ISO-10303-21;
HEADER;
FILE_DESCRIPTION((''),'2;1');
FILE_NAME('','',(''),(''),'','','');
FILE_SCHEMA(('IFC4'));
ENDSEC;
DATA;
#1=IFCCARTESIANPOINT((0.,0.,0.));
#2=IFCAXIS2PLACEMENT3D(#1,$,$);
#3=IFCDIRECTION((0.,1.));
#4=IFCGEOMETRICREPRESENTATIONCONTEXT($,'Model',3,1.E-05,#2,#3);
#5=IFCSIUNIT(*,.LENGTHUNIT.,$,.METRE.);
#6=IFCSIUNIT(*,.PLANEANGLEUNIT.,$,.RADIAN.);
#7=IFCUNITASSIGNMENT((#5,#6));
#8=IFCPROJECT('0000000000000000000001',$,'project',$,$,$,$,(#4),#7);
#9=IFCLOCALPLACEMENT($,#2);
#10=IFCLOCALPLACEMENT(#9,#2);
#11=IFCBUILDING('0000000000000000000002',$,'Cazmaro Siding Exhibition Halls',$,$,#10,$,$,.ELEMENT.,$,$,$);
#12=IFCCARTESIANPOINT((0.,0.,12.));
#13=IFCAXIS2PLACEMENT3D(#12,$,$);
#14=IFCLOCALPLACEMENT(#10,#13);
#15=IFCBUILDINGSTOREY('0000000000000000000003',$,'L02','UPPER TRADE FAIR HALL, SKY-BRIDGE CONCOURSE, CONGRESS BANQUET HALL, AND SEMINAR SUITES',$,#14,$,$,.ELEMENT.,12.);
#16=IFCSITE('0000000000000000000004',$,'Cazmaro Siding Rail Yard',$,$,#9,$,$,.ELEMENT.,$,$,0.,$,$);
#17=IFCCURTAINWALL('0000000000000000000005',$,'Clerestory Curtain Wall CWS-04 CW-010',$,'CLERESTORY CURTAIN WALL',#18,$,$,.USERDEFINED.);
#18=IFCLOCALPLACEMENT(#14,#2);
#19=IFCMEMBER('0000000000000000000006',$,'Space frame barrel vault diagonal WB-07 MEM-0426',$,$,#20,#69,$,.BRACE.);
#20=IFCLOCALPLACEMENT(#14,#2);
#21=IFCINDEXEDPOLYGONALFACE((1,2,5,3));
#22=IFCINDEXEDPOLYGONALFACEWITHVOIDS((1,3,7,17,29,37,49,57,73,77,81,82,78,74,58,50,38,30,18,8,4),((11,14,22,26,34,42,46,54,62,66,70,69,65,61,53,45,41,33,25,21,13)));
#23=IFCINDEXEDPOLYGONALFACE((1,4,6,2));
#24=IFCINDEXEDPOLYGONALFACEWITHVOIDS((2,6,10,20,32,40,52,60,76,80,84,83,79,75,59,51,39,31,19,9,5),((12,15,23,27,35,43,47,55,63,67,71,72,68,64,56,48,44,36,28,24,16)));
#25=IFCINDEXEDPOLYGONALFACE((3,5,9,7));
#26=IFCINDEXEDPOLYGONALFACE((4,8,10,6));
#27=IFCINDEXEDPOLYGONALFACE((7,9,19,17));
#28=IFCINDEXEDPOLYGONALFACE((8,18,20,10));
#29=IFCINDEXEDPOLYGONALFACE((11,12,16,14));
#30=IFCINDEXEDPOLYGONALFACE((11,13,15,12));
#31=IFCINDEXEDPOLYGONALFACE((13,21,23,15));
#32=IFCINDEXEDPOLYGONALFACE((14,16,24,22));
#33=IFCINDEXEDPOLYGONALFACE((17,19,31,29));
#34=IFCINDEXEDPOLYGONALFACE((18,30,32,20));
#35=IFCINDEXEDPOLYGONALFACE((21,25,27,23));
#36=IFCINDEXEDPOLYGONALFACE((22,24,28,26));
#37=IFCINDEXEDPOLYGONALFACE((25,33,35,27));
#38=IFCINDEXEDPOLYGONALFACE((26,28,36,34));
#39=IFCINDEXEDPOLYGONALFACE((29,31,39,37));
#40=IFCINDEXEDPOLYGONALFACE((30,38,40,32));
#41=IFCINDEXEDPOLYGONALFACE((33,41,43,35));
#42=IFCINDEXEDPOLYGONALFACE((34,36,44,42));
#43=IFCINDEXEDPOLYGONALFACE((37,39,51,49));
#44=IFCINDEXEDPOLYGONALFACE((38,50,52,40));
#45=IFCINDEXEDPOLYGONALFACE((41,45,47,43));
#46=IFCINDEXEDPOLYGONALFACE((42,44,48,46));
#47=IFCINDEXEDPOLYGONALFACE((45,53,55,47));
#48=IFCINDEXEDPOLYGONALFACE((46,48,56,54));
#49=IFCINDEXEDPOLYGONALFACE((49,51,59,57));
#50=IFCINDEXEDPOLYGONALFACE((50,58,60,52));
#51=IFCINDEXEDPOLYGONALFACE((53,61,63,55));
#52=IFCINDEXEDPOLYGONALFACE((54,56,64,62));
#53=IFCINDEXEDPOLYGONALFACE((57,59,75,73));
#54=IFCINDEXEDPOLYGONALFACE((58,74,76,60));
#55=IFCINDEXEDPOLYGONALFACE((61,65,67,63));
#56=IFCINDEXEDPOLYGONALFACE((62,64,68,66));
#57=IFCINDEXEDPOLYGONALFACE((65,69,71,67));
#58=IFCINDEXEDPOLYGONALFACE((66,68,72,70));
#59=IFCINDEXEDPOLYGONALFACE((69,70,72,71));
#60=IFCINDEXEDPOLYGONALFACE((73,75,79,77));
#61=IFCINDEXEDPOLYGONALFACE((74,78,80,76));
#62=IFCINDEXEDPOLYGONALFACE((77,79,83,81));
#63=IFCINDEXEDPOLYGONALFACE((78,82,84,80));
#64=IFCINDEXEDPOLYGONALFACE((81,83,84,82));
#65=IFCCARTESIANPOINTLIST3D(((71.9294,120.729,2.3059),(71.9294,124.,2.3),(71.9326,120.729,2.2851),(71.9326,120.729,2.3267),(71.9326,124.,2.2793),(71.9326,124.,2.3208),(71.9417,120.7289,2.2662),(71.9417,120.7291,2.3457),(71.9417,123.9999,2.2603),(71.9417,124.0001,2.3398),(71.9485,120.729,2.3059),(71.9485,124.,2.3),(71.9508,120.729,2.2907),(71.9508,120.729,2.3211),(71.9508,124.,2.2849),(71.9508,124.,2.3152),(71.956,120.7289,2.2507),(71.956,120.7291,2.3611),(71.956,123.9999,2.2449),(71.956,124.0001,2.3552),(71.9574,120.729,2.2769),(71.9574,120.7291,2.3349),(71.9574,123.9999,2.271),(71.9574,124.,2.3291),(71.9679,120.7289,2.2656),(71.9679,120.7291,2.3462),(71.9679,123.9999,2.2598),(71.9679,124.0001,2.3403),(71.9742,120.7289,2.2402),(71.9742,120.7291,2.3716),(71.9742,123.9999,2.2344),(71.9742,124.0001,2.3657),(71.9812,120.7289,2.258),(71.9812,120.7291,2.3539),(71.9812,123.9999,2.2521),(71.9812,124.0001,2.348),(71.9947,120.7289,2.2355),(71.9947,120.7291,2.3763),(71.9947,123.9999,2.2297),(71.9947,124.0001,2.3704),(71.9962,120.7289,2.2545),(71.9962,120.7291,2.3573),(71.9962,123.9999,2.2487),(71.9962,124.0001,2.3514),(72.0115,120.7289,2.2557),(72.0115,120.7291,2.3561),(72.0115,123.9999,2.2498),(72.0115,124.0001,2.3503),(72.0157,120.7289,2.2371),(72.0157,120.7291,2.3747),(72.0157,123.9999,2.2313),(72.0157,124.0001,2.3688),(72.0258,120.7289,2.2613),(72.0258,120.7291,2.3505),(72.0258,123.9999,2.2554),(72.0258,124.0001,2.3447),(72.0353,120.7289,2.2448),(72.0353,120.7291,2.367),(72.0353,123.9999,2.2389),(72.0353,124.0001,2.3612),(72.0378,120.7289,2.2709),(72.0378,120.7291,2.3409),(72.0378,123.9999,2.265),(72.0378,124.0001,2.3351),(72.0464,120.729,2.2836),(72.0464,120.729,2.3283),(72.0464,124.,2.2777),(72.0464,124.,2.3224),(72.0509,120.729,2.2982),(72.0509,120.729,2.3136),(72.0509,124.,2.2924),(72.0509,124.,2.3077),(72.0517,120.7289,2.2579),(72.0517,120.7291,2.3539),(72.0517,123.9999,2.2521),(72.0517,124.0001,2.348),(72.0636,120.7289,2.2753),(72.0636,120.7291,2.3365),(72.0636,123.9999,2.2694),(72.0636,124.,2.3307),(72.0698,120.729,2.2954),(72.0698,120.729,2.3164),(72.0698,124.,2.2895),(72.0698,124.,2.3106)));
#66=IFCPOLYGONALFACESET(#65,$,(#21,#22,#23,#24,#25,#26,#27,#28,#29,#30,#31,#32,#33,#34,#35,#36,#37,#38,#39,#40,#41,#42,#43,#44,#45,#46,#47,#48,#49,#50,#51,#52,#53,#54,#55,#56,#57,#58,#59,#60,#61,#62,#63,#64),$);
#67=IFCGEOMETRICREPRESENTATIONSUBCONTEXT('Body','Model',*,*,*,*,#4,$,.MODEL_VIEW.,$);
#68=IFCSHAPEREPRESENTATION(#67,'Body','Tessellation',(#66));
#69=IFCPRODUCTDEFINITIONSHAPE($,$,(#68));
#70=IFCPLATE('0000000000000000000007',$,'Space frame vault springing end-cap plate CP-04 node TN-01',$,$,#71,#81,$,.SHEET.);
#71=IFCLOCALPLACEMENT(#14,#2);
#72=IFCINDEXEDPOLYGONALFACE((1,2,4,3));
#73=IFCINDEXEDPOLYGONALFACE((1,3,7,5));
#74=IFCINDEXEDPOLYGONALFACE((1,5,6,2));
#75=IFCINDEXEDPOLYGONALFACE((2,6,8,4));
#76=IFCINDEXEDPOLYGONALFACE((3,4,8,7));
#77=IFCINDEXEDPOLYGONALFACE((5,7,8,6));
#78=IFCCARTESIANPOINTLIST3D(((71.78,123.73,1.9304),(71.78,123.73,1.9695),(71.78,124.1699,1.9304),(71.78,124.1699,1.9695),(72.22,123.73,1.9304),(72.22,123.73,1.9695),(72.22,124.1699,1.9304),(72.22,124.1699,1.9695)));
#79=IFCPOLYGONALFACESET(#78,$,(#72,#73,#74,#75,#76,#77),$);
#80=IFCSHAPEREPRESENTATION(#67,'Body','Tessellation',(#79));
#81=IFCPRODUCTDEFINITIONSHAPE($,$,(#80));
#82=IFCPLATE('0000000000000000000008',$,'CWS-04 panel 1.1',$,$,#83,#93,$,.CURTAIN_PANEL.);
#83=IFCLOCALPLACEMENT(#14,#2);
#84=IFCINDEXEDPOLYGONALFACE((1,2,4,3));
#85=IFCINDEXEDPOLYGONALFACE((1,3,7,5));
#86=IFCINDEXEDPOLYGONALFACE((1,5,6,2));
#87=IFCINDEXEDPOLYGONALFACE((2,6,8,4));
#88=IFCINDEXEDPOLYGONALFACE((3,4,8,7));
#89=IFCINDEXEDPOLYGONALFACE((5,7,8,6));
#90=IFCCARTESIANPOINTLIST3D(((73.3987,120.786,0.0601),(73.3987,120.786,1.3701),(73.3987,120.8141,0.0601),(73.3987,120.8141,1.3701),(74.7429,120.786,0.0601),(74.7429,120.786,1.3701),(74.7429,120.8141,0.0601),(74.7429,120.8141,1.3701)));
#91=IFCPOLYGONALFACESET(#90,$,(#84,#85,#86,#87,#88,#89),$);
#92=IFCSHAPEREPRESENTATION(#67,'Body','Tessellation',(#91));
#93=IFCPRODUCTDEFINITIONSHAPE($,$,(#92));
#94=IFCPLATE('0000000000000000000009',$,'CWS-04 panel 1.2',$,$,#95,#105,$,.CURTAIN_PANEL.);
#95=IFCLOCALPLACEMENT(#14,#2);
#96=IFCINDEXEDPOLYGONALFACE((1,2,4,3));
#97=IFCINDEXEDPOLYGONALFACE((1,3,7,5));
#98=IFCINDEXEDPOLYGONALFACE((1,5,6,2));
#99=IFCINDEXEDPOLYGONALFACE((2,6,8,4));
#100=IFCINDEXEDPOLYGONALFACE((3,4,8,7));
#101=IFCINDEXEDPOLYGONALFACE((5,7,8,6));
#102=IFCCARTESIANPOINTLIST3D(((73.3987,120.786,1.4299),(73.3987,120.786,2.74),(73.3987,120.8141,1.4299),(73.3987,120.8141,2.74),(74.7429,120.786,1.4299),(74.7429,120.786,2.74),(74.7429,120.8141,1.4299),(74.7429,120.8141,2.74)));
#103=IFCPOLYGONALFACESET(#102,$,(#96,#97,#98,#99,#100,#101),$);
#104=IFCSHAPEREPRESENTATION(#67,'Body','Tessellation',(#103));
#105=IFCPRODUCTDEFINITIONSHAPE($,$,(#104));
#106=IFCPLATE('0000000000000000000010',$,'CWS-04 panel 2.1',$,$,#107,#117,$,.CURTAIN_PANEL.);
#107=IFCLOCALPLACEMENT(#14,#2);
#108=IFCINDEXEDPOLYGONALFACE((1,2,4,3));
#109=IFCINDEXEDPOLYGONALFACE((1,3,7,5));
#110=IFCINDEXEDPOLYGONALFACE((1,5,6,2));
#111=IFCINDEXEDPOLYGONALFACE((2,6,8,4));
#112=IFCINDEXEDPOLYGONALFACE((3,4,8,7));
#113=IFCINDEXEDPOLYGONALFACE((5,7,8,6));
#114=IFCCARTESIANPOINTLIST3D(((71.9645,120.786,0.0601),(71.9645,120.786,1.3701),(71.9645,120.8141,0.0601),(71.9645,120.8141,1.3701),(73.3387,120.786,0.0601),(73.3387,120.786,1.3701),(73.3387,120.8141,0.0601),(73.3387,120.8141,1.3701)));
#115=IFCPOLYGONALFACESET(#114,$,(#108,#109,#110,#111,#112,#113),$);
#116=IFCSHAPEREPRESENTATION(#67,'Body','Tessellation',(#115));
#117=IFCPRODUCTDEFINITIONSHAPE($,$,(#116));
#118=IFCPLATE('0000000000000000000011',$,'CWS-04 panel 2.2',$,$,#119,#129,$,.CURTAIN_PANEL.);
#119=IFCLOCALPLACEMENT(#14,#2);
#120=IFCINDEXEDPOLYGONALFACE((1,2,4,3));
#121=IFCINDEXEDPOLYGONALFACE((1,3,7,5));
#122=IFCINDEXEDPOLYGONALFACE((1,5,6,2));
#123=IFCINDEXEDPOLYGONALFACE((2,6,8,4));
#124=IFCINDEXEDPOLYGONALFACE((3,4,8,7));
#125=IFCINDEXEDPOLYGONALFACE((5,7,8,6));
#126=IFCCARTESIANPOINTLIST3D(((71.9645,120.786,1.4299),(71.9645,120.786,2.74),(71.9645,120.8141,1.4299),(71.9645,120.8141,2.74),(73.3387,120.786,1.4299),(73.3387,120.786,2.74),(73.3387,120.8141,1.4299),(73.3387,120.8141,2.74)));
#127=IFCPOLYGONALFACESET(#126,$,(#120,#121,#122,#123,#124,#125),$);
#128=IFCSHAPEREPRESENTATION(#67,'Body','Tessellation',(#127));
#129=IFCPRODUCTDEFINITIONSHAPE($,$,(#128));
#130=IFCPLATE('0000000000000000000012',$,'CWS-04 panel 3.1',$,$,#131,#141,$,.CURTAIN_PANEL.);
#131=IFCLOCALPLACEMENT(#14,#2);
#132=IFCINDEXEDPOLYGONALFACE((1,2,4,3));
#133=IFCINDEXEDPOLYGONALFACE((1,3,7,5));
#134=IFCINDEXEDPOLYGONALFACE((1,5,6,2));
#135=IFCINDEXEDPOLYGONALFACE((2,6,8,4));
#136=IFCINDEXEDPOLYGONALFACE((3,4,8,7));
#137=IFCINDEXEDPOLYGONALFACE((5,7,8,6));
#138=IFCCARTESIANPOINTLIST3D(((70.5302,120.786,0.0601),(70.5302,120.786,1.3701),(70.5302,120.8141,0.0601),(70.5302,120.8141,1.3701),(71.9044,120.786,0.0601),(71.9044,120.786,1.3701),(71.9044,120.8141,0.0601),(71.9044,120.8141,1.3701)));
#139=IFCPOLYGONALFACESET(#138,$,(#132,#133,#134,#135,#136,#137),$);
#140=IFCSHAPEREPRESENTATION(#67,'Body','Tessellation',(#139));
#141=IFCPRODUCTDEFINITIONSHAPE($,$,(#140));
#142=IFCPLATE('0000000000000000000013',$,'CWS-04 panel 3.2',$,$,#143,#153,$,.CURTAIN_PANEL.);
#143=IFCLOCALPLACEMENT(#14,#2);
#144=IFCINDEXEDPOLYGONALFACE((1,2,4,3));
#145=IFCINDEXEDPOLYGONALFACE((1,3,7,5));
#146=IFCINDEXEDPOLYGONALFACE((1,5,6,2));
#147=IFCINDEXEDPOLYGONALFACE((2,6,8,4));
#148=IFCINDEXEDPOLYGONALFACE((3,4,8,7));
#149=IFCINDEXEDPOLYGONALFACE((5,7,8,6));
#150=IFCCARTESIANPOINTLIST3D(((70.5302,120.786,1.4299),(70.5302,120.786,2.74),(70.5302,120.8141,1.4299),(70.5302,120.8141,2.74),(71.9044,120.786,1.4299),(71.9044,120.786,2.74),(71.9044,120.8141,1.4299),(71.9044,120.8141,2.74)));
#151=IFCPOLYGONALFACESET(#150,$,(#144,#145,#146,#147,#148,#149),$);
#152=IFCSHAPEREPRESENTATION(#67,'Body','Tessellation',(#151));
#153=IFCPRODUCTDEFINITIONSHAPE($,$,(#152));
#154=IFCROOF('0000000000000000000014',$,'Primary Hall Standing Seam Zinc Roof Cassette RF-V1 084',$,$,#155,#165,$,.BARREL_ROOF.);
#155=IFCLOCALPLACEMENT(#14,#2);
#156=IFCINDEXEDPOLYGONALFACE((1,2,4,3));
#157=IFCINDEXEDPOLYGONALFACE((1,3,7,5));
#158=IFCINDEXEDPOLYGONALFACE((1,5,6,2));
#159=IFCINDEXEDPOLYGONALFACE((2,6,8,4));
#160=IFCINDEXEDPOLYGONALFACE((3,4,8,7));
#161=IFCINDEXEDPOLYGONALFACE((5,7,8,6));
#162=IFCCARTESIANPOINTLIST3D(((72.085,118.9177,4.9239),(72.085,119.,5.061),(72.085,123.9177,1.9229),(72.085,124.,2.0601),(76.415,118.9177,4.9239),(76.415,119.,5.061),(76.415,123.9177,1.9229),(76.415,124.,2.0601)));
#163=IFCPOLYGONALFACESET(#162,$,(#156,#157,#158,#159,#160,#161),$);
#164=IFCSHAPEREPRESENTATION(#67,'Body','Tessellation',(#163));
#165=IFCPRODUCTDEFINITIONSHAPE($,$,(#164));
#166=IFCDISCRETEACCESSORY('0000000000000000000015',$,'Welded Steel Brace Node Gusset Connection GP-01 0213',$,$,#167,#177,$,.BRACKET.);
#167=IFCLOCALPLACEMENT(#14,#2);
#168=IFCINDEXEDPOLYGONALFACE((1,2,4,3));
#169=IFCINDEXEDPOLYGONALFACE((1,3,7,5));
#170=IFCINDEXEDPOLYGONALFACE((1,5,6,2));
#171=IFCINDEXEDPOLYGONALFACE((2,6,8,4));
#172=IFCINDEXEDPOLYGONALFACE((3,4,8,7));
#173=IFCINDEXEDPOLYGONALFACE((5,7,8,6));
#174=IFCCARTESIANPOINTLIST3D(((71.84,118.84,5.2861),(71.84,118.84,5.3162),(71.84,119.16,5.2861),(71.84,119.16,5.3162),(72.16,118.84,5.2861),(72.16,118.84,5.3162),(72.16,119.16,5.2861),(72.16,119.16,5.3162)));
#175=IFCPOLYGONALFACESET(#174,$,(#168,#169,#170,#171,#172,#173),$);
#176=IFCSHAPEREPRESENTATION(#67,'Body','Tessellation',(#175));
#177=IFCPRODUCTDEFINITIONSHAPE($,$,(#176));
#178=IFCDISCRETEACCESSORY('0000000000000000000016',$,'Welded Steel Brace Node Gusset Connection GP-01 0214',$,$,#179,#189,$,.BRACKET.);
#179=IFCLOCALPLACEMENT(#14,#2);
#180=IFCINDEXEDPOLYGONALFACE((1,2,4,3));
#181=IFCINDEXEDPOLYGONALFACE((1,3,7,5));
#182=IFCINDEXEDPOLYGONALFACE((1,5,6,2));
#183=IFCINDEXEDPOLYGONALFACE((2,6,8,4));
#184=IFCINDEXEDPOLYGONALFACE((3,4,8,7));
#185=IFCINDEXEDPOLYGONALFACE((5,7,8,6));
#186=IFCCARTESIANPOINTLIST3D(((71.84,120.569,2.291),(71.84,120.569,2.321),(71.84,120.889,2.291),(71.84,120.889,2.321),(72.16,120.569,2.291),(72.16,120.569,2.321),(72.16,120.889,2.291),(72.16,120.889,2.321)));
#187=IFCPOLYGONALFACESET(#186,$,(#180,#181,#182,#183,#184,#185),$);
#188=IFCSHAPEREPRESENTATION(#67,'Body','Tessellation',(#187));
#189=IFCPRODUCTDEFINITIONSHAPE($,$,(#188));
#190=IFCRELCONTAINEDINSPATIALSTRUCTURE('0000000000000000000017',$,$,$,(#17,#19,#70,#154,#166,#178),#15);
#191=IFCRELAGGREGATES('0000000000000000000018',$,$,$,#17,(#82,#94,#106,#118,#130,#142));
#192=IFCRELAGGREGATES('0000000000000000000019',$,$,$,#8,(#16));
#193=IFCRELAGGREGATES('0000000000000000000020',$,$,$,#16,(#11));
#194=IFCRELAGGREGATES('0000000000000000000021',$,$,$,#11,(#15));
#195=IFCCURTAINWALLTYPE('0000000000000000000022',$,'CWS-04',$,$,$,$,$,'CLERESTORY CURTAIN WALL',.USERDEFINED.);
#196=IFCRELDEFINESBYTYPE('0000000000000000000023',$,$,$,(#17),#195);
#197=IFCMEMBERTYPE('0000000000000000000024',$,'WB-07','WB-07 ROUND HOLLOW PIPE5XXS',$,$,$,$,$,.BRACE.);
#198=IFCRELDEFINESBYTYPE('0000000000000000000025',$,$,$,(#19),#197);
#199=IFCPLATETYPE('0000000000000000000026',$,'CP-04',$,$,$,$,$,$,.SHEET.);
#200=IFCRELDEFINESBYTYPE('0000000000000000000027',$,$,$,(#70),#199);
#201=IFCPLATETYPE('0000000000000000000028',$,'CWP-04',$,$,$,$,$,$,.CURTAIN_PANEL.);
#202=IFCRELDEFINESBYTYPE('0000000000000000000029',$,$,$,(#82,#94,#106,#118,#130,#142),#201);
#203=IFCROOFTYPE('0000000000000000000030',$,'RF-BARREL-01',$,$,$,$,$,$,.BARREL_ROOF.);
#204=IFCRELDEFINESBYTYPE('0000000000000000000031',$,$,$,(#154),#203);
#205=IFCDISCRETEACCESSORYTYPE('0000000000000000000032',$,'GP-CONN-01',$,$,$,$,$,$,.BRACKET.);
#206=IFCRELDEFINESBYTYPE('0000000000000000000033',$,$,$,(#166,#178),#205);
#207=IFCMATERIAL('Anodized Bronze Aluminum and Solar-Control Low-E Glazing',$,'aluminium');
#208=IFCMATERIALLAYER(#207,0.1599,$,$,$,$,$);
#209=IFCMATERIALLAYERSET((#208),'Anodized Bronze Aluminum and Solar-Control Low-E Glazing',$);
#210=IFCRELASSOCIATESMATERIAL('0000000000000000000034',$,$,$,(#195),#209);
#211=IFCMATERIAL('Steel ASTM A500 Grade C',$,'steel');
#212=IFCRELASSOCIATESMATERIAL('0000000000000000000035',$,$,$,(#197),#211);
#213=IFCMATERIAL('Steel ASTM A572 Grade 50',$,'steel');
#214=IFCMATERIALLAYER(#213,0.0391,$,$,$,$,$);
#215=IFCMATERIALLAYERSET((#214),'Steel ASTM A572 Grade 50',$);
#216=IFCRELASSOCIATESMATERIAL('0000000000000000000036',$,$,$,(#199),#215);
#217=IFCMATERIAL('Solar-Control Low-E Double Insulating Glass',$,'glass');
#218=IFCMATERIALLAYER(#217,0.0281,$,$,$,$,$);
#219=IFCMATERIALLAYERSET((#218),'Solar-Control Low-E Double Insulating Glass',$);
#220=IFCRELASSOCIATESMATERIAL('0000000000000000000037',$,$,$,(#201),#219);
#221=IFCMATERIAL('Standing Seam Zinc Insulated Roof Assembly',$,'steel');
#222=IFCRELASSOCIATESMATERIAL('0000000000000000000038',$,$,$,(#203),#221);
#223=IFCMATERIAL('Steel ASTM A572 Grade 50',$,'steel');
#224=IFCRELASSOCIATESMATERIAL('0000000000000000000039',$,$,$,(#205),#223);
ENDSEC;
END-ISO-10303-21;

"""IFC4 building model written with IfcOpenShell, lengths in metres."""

from ifc_helpers import new_model, si_unit, direction, frame, origin, origin_2d, place, context, subcontext, project, spatial, polyline, rectangle, hollow_circle, outline, extrude, material, layer, layer_set, material_profile, profile_set, type_object, element, aggregate, save


model = new_model("IFC4")

# Units and contexts
model_context = context("Model", 3, precision=1e-05, world=origin(), true_north=direction((0.0, 1.0)))
body_context = subcontext(model_context, "Body", "Model", "MODEL_VIEW")
ifc_project = project(units=[si_unit("LENGTHUNIT", "METRE"), si_unit("PLANEANGLEUNIT", "RADIAN")], contexts=[model_context])

# Site, building, storey
site_placement = place(None, origin())
site = spatial("IfcSite", under=ifc_project, at=site_placement, Name="Cazmaro Siding Rail Yard", CompositionType="ELEMENT", RefElevation=0.0)
building_placement = place(site_placement, origin())
building = spatial("IfcBuilding", under=site, at=building_placement, Name="Cazmaro Siding Exhibition Halls", CompositionType="ELEMENT")
storey_placement = place(building_placement, frame((0.0, 0.0, 12.0)))
storey = spatial("IfcBuildingStorey", under=building, at=storey_placement, Name="L02", Description="UPPER TRADE FAIR HALL, SKY-BRIDGE CONCOURSE, CONGRESS BANQUET HALL, AND SEMINAR SUITES", CompositionType="ELEMENT", Elevation=12.0)

# Curtain wall
ifc_material_1 = material(Name="Anodized Bronze Aluminum and Solar-Control Low-E Glazing", Category="aluminium")
ifc_layer_1 = layer(ifc_material_1, 0.1599)
ifc_layer_set_1 = layer_set([ifc_layer_1], Name="Anodized Bronze Aluminum and Solar-Control Low-E Glazing")
curtain_wall_type = type_object("IfcCurtainWallType", Name="CWS-04", ElementType="CLERESTORY CURTAIN WALL", PredefinedType="USERDEFINED", material=ifc_layer_set_1)
curtain_wall_placement = place(storey_placement, origin())
curtain_wall = element("IfcCurtainWall", 1, at=curtain_wall_placement, inside=storey, type_object=curtain_wall_type, Name="Clerestory Curtain Wall CWS-04 CW-010", ObjectType="CLERESTORY CURTAIN WALL", PredefinedType="USERDEFINED")

# Member
ifc_material_2 = material(Name="Steel ASTM A500 Grade C", Category="steel")
ifc_material_profile_1 = material_profile(ifc_material_2, hollow_circle(Radius=0.0706, WallThickness=0.019, at=origin_2d()), Name="PIPE5XXS")
ifc_profile_set_1 = profile_set([ifc_material_profile_1], Name="Steel ASTM A500 Grade C")
member_type_1 = type_object("IfcMemberType", Name="WB-07", Description="WB-07 ROUND HOLLOW PIPE5XXS", PredefinedType="BRACE", material=ifc_profile_set_1)
member_1_placement = place(storey_placement, frame((72.0, 120.729, 2.3059), z_axis=(0.0, 0.999998, -0.001791), x_axis=(-1.0, 0.0, 0.0)))
element("IfcMember", 2, at=member_1_placement, inside=storey, type_object=member_type_1, Name="Space frame barrel vault diagonal WB-07 MEM-0426", PredefinedType="BRACE", context=body_context, shape_type="SweptSolid", body=[
    extrude(hollow_circle(Radius=0.0706, WallThickness=0.019, at=origin_2d()), origin(), (0.0, 0.0, 1.0), 3.271),
])

# Plates
ifc_material_3 = material(Name="Steel ASTM A572 Grade 50", Category="steel")
ifc_layer_2 = layer(ifc_material_3, 0.0391)
ifc_layer_set_2 = layer_set([ifc_layer_2], Name="Steel ASTM A572 Grade 50")
plate_type_1 = type_object("IfcPlateType", Name="CP-04", PredefinedType="SHEET", material=ifc_layer_set_2)
plate_1_placement = place(storey_placement, frame((72.0, 123.95, 1.9304), z_axis=(0.0, 0.0, 1.0), x_axis=(1.0, 0.0, 0.0)))
element("IfcPlate", 3, at=plate_1_placement, inside=storey, type_object=plate_type_1, Name="Space frame vault springing end-cap plate CP-04 node TN-01", PredefinedType="SHEET", context=body_context, shape_type="SweptSolid", body=[
    extrude(rectangle(XDim=0.4399, YDim=0.4399, at=origin_2d()), origin(), (0.0, 0.0, 1.0), 0.0391),
])
ifc_material_4 = material(Name="Solar-Control Low-E Double Insulating Glass", Category="glass")
ifc_layer_3 = layer(ifc_material_4, 0.0281)
ifc_layer_set_3 = layer_set([ifc_layer_3], Name="Solar-Control Low-E Double Insulating Glass")
plate_type_2 = type_object("IfcPlateType", Name="CWP-04", PredefinedType="CURTAIN_PANEL", material=ifc_layer_set_3)
plate_2_placement = place(storey_placement, frame((74.0708, 120.8, 0.0601), z_axis=(0.0, 0.0, 1.0), x_axis=(-1.0, 0.0, 0.0)))
plate_2 = element("IfcPlate", 4, at=plate_2_placement, type_object=plate_type_2, Name="CWS-04 panel 1.1", PredefinedType="CURTAIN_PANEL", context=body_context, shape_type="SweptSolid", body=[
    extrude(rectangle(XDim=1.3442, YDim=0.0281, at=origin_2d()), origin(), (0.0, 0.0, 1.0), 1.3101),
])
plate_3_placement = place(storey_placement, frame((74.0708, 120.8, 1.4299), z_axis=(0.0, 0.0, 1.0), x_axis=(-1.0, 0.0, 0.0)))
plate_3 = element("IfcPlate", 5, at=plate_3_placement, type_object=plate_type_2, Name="CWS-04 panel 1.2", PredefinedType="CURTAIN_PANEL", context=body_context, shape_type="SweptSolid", body=[
    extrude(rectangle(XDim=1.3442, YDim=0.0281, at=origin_2d()), origin(), (0.0, 0.0, 1.0), 1.3101),
])
plate_4_placement = place(storey_placement, frame((72.6516, 120.8, 0.0601), z_axis=(0.0, 0.0, 1.0), x_axis=(-1.0, 0.0, 0.0)))
plate_4 = element("IfcPlate", 6, at=plate_4_placement, type_object=plate_type_2, Name="CWS-04 panel 2.1", PredefinedType="CURTAIN_PANEL", context=body_context, shape_type="SweptSolid", body=[
    extrude(rectangle(XDim=1.3743, YDim=0.0281, at=origin_2d()), origin(), (0.0, 0.0, 1.0), 1.3101),
])
plate_5_placement = place(storey_placement, frame((72.6516, 120.8, 1.4299), z_axis=(0.0, 0.0, 1.0), x_axis=(-1.0, 0.0, 0.0)))
plate_5 = element("IfcPlate", 7, at=plate_5_placement, type_object=plate_type_2, Name="CWS-04 panel 2.2", PredefinedType="CURTAIN_PANEL", context=body_context, shape_type="SweptSolid", body=[
    extrude(rectangle(XDim=1.3743, YDim=0.0281, at=origin_2d()), origin(), (0.0, 0.0, 1.0), 1.3101),
])
plate_6_placement = place(storey_placement, frame((71.2173, 120.8, 0.0601), z_axis=(0.0, 0.0, 1.0), x_axis=(-1.0, 0.0, 0.0)))
plate_6 = element("IfcPlate", 8, at=plate_6_placement, type_object=plate_type_2, Name="CWS-04 panel 3.1", PredefinedType="CURTAIN_PANEL", context=body_context, shape_type="SweptSolid", body=[
    extrude(rectangle(XDim=1.3743, YDim=0.0281, at=origin_2d()), origin(), (0.0, 0.0, 1.0), 1.3101),
])
plate_7_placement = place(storey_placement, frame((71.2173, 120.8, 1.4299), z_axis=(0.0, 0.0, 1.0), x_axis=(-1.0, 0.0, 0.0)))
plate_7 = element("IfcPlate", 9, at=plate_7_placement, type_object=plate_type_2, Name="CWS-04 panel 3.2", PredefinedType="CURTAIN_PANEL", context=body_context, shape_type="SweptSolid", body=[
    extrude(rectangle(XDim=1.3743, YDim=0.0281, at=origin_2d()), origin(), (0.0, 0.0, 1.0), 1.3101),
])
aggregate(curtain_wall, [plate_2, plate_3, plate_4, plate_5, plate_6, plate_7])

# Roof
ifc_material_5 = material(Name="Standing Seam Zinc Insulated Roof Assembly", Category="steel")
roof_type = type_object("IfcRoofType", Name="RF-BARREL-01", PredefinedType="BARREL_ROOF", material=ifc_material_5)
roof_placement = place(storey_placement, frame((72.085, 119.0, 5.061), z_axis=(0.0, 0.514619, 0.857419), x_axis=(1.0, 0.0, 0.0)))
element("IfcRoof", 10, at=roof_placement, inside=storey, type_object=roof_type, Name="Primary Hall Standing Seam Zinc Roof Cassette RF-V1 084", PredefinedType="BARREL_ROOF", context=body_context, shape_type="SweptSolid", body=[
    extrude(outline(polyline([(0.0, 0.0), (4.3301, 0.0), (4.3301, 5.8315), (0.0, 5.8315), (0.0, 0.0)])), origin(), (0.0, 0.0, -1.0), 0.1599),
])

# Discrete accessories
ifc_material_6 = material(Name="Steel ASTM A572 Grade 50", Category="steel")
discrete_accessory_type = type_object("IfcDiscreteAccessoryType", Name="GP-CONN-01", PredefinedType="BRACKET", material=ifc_material_6)
for number, where, z_axis, x_axis, name in (
    (11, (72.0, 119.0, 5.2861), (0.0, 0.0, 1.0), (1.0, 0.0, 0.0), "Welded Steel Brace Node Gusset Connection GP-01 0213"),
    (12, (72.0, 120.729, 2.291), (0.0, 0.0, 1.0), (1.0, 0.0, 0.0), "Welded Steel Brace Node Gusset Connection GP-01 0214"),
):
    element("IfcDiscreteAccessory", number, at=place(storey_placement, frame(where, z_axis=z_axis, x_axis=x_axis)), inside=storey, type_object=discrete_accessory_type, Name=name, PredefinedType="BRACKET", context=body_context, shape_type="SweptSolid", body=[
        extrude(rectangle(XDim=0.3201, YDim=0.3201, at=origin_2d()), origin(), (0.0, 0.0, 1.0), 0.03),
    ])

save(model, "model.ifc")
